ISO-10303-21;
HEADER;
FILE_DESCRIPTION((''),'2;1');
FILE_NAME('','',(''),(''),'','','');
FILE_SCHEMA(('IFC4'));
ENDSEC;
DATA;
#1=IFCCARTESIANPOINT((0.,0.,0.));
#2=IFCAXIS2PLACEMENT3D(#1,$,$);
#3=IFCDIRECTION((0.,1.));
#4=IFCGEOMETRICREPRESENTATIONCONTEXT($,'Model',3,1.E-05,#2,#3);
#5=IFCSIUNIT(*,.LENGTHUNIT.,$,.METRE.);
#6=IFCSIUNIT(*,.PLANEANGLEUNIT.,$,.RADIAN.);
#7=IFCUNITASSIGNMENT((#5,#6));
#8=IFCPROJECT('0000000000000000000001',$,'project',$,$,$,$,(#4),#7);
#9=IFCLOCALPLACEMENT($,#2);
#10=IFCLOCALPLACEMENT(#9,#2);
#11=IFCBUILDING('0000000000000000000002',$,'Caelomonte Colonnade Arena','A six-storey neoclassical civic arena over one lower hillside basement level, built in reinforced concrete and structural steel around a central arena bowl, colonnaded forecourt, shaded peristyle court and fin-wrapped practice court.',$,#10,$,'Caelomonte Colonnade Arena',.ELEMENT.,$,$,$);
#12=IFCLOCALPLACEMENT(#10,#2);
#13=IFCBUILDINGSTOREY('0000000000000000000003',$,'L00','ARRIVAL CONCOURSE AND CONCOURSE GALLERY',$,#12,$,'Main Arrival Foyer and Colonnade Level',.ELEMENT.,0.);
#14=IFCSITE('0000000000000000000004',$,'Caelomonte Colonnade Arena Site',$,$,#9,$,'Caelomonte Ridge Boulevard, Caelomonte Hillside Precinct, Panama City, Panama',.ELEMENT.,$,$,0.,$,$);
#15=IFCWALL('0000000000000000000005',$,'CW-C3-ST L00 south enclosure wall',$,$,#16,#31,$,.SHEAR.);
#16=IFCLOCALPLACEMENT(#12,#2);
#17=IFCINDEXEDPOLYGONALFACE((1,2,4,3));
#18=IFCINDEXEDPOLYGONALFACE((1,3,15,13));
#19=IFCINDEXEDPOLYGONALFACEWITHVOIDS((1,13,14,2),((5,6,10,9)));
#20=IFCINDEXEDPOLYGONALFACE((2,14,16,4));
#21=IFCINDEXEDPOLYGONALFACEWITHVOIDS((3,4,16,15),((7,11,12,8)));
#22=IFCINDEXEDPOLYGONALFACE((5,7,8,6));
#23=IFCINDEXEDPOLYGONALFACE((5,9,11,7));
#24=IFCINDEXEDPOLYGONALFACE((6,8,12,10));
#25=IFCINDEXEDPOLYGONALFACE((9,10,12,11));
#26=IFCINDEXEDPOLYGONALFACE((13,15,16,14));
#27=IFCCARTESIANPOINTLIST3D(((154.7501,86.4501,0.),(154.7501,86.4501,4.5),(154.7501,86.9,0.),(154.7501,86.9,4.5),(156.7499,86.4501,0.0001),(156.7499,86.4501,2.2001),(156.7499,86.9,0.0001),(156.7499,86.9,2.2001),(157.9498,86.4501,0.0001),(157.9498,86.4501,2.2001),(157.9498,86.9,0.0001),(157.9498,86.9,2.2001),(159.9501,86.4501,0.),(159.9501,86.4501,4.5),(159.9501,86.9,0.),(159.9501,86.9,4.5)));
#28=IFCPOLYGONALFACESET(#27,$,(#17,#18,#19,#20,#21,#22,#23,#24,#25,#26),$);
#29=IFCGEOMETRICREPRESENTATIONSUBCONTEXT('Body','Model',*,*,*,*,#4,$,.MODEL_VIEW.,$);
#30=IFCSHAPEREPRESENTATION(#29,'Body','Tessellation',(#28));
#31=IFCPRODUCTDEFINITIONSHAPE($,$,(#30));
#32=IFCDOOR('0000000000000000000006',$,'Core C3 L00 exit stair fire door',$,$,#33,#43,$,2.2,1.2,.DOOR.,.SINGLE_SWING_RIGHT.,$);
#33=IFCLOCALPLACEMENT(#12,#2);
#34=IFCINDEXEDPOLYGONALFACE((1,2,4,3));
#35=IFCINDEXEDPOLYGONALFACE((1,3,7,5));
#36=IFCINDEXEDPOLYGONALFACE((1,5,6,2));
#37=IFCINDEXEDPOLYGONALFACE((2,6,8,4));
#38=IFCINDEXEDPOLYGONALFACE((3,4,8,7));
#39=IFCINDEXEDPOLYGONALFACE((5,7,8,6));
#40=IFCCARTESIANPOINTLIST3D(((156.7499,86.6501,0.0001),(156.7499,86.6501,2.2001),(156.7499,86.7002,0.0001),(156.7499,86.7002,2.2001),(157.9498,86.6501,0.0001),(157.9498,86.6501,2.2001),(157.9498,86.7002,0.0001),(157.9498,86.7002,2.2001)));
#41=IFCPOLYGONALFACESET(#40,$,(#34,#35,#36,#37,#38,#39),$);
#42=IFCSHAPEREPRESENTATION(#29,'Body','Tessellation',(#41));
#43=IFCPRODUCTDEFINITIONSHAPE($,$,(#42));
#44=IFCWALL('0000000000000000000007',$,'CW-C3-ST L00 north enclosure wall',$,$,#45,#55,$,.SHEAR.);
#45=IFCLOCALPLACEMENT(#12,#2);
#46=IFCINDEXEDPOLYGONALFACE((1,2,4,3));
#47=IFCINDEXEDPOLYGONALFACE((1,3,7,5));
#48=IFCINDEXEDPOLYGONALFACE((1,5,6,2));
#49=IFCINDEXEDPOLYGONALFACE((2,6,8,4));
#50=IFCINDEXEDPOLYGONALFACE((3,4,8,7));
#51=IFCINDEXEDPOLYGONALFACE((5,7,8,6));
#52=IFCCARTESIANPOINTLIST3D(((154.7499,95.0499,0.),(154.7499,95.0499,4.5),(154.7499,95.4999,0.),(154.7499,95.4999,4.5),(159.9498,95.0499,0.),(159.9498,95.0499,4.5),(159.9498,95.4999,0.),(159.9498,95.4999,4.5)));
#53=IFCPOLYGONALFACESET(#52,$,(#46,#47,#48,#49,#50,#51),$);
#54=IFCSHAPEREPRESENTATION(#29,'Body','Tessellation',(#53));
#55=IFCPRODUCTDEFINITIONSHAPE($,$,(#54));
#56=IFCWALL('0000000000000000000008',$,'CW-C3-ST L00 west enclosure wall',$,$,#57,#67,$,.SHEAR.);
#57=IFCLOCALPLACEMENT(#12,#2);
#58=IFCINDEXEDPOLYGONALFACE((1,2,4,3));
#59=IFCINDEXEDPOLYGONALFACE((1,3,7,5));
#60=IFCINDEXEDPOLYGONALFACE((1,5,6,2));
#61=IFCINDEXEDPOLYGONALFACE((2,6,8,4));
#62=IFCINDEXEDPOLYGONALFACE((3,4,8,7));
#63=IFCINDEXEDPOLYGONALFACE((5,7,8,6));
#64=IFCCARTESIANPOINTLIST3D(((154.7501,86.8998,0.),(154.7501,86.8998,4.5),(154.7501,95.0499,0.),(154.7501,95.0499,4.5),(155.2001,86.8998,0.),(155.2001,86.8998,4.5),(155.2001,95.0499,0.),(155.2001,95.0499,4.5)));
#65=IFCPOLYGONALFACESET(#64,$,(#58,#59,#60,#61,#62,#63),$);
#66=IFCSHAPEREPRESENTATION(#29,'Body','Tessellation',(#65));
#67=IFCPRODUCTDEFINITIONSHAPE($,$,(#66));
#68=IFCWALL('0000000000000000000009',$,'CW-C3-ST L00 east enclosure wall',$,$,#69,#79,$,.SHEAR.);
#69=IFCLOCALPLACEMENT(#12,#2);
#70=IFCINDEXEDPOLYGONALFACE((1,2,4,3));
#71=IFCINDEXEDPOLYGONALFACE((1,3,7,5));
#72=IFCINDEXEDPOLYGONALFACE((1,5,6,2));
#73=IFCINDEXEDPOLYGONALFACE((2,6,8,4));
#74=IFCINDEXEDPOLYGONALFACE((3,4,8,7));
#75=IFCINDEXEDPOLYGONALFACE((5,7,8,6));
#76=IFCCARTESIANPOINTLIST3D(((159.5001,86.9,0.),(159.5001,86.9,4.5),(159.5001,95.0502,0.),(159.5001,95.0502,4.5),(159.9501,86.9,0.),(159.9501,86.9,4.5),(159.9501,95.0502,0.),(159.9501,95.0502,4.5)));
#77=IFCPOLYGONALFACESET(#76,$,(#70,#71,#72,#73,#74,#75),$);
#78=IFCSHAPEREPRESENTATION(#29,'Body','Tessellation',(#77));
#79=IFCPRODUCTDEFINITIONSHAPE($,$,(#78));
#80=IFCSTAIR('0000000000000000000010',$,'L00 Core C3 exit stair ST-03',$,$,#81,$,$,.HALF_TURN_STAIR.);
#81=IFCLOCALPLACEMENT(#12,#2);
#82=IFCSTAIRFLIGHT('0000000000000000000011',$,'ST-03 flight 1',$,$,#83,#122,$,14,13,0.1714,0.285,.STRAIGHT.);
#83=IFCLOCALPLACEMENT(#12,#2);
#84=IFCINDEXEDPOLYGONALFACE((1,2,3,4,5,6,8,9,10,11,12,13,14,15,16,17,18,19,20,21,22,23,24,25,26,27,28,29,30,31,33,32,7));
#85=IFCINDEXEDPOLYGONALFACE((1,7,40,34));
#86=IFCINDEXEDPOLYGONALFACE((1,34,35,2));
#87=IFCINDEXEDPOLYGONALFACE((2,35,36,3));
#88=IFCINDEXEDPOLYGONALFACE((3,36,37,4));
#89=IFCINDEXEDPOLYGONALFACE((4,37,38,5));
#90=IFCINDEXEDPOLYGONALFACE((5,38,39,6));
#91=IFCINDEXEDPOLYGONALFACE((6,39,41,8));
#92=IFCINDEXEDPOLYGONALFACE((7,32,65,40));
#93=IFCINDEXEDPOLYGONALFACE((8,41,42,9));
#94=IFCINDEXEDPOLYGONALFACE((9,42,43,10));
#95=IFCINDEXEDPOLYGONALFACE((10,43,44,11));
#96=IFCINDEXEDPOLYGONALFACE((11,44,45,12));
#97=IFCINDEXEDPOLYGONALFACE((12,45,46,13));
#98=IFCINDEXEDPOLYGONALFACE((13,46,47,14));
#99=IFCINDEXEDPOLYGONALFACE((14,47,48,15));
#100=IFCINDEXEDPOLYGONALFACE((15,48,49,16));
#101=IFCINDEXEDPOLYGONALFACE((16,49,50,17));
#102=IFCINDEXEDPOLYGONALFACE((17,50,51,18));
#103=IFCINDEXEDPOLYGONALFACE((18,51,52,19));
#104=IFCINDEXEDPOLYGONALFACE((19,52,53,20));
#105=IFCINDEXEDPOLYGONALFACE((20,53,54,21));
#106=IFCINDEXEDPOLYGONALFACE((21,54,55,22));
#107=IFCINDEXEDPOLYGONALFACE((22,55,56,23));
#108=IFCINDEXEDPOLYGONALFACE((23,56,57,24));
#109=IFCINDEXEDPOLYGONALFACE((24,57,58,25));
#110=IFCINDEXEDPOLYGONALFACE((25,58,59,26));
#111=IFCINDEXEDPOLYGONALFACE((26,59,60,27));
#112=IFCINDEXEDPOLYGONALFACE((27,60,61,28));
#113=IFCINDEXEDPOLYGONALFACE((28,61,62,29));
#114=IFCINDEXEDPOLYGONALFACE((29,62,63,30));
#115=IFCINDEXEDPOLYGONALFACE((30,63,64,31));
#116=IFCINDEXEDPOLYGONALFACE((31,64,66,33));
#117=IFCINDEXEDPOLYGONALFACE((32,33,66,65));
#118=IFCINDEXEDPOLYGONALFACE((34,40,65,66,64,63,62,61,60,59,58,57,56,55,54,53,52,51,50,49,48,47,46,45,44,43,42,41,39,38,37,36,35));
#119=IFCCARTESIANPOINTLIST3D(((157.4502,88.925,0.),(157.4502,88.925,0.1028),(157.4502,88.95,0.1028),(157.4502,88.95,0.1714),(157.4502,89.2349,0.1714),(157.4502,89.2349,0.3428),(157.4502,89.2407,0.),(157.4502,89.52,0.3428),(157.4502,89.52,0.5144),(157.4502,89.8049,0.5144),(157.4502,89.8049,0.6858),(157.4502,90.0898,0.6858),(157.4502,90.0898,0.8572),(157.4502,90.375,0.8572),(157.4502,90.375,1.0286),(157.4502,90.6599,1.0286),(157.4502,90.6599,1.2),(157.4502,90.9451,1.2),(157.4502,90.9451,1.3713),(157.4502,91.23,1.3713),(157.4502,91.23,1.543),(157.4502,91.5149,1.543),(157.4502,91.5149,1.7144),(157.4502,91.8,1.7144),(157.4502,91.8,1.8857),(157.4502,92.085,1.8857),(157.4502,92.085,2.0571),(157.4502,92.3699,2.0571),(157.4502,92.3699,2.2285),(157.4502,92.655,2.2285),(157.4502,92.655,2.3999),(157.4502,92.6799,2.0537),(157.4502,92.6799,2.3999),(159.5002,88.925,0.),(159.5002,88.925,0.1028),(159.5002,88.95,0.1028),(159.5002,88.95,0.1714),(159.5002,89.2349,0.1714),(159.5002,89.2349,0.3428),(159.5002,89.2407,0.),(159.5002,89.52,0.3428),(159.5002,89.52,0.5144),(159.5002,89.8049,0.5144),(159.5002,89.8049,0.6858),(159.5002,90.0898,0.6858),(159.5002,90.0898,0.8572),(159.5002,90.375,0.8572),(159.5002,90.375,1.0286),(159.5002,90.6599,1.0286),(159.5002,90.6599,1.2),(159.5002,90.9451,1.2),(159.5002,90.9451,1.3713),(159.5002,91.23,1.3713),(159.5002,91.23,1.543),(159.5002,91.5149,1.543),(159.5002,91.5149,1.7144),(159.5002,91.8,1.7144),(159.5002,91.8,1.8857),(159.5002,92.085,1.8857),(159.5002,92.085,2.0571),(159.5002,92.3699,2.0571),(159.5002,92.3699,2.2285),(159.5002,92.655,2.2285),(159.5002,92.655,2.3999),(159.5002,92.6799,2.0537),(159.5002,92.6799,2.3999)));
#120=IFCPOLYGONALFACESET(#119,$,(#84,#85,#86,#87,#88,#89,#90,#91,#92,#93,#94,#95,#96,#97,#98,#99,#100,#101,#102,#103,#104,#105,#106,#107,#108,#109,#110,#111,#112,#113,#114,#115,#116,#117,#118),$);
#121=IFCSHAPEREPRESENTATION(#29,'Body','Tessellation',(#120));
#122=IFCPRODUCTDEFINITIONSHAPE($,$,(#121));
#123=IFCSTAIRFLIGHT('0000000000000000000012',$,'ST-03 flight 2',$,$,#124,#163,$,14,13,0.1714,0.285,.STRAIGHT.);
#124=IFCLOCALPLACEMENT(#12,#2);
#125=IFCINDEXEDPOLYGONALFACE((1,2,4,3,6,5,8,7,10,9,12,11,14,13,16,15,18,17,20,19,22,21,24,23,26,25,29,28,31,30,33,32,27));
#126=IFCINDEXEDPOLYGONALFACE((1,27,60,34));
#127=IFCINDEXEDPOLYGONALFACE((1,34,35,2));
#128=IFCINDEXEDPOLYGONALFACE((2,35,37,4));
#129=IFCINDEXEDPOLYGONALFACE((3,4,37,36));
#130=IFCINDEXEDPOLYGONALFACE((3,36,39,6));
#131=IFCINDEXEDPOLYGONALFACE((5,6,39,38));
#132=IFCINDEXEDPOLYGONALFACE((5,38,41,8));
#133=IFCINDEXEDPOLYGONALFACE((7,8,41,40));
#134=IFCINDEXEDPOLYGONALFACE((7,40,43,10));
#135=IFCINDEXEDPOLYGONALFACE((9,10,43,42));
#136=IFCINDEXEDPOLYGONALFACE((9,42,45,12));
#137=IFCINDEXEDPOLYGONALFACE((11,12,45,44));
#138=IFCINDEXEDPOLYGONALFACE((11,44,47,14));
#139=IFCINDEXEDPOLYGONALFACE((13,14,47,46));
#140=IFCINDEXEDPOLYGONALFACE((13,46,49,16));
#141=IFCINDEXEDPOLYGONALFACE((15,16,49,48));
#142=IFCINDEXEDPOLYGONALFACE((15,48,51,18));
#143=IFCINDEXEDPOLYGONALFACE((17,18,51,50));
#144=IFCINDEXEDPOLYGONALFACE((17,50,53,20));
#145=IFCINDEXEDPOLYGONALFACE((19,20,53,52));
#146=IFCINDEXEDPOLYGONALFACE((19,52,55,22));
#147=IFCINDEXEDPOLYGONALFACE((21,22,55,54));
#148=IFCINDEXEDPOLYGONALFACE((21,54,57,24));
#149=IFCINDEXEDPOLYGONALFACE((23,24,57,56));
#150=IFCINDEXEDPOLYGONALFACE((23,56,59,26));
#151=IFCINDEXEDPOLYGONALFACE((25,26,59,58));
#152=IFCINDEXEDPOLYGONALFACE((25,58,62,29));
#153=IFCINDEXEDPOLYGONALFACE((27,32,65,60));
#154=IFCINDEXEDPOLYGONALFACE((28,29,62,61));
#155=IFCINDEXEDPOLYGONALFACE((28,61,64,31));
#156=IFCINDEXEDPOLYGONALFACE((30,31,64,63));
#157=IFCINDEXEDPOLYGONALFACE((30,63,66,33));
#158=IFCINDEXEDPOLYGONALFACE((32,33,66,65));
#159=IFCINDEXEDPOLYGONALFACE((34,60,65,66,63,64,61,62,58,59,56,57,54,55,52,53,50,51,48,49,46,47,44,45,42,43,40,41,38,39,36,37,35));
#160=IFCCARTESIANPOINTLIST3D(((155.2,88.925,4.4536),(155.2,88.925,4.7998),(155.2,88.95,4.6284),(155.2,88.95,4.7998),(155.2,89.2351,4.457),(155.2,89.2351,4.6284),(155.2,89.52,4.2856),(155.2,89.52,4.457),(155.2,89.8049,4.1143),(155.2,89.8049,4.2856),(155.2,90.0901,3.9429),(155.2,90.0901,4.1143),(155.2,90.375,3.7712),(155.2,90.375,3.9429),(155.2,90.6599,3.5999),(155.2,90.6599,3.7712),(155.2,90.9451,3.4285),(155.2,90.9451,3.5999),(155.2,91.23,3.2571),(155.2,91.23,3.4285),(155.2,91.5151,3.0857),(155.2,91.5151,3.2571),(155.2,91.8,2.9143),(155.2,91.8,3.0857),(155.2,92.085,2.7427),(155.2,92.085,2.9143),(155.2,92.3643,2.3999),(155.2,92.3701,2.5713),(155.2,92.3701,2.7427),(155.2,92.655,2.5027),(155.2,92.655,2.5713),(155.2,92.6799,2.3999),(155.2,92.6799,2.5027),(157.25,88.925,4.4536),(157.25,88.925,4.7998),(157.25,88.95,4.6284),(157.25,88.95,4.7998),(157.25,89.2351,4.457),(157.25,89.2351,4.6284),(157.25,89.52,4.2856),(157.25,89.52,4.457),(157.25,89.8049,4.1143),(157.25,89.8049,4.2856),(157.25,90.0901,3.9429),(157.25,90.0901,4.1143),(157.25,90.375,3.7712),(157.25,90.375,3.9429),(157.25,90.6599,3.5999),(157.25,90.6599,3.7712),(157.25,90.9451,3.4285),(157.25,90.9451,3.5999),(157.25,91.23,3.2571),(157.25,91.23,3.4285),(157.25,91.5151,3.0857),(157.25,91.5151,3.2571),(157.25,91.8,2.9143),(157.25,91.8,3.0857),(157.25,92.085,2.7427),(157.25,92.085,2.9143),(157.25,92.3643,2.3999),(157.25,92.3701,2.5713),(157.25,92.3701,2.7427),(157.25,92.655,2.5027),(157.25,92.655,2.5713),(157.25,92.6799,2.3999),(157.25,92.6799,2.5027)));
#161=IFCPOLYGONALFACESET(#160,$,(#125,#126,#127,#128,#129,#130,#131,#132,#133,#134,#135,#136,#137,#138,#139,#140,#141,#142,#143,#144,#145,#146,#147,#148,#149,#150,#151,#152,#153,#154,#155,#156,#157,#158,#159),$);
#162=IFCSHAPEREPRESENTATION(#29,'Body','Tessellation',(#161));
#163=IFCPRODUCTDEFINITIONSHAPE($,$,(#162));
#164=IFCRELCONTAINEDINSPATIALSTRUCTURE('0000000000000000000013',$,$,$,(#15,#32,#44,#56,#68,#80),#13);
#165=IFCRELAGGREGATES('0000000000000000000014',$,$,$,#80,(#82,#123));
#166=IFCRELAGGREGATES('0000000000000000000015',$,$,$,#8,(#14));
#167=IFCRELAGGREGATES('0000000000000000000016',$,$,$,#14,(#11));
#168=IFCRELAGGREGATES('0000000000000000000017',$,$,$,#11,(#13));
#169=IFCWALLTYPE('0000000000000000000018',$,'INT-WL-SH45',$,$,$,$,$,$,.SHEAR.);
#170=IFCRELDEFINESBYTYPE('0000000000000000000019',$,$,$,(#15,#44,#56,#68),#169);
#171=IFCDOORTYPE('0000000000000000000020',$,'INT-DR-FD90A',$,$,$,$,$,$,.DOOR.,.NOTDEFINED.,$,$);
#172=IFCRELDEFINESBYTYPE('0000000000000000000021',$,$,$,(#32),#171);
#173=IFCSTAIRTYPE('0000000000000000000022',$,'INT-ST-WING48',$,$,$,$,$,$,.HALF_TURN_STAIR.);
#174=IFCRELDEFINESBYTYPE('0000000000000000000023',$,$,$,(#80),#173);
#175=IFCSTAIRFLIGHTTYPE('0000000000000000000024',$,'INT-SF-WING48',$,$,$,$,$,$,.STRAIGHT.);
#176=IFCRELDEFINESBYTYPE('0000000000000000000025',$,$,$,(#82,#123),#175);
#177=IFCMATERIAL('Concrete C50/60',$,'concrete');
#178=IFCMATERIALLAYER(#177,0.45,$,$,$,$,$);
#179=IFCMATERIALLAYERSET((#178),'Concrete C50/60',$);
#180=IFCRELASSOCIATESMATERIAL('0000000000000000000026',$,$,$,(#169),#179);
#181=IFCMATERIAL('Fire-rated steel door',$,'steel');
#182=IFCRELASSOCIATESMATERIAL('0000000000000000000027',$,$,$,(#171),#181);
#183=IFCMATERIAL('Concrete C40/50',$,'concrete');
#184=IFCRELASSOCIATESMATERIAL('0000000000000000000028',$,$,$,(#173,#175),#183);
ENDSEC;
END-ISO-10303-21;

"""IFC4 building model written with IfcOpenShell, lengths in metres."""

from ifc_helpers import new_model, si_unit, direction, frame, frame_2d, origin, place, context, subcontext, project, spatial, polyline, rectangle, outline, extrude, material, layer, layer_set, type_object, element, fill, aggregate, save


model = new_model("IFC4")

# Units and contexts
model_context = context("Model", 3, precision=1e-05, world=origin(), true_north=direction((0.0, 1.0)))
body_context = subcontext(model_context, "Body", "Model", "MODEL_VIEW")
ifc_project = project(units=[si_unit("LENGTHUNIT", "METRE"), si_unit("PLANEANGLEUNIT", "RADIAN")], contexts=[model_context])

# Site, building, storey
site_placement = place(None, origin())
site = spatial("IfcSite", under=ifc_project, at=site_placement, Name="Caelomonte Colonnade Arena Site", LongName="Caelomonte Ridge Boulevard, Caelomonte Hillside Precinct, Panama City, Panama", CompositionType="ELEMENT", RefElevation=0.0)
building_placement = place(site_placement, origin())
building = spatial("IfcBuilding", under=site, at=building_placement, Name="Caelomonte Colonnade Arena", Description="A six-storey neoclassical civic arena over one lower hillside basement level, built in reinforced concrete and structural steel around a central arena bowl, colonnaded forecourt, shaded peristyle court and fin-wrapped practice court.", LongName="Caelomonte Colonnade Arena", CompositionType="ELEMENT")
storey_placement = place(building_placement, origin())
storey = spatial("IfcBuildingStorey", under=building, at=storey_placement, Name="L00", Description="ARRIVAL CONCOURSE AND CONCOURSE GALLERY", LongName="Main Arrival Foyer and Colonnade Level", CompositionType="ELEMENT", Elevation=0.0)

# Shared definitions
ifc_material_1 = material(Name="Concrete C50/60", Category="concrete")

# Shared definitions
ifc_material_2 = material(Name="Concrete C40/50", Category="concrete")

# Wall, opening, door
ifc_layer_1 = layer(ifc_material_1, 0.45)
ifc_layer_set_1 = layer_set([ifc_layer_1], Name="Concrete C50/60")
wall_type_1 = type_object("IfcWallType", Name="INT-WL-SH45", PredefinedType="SHEAR", material=ifc_layer_set_1)
wall_1_placement = place(storey_placement, frame((154.75, 86.675, 0.0), z_axis=(0.0, 0.0, 1.0), x_axis=(1.0, 0.0, 0.0)))
wall_1 = element("IfcWall", 1, at=wall_1_placement, inside=storey, type_object=wall_type_1, Name="CW-C3-ST L00 south enclosure wall", PredefinedType="SHEAR", context=body_context, shape_type="SweptSolid", body=[
    extrude(rectangle(XDim=5.2, YDim=0.45, at=frame_2d((2.6001, 0.0))), origin(), (0.0, 0.0, 1.0), 4.5),
])
opening_1_placement = place(wall_1_placement, frame((3.2, 0.0, 0.0), z_axis=(0.0, 0.0, 1.0), x_axis=(-1.0, 0.0, 0.0)))
opening_1 = element("IfcOpeningElement", 2, at=opening_1_placement, cuts=wall_1, PredefinedType="OPENING", context=body_context, shape_type="SweptSolid", body=[
    extrude(rectangle(XDim=1.2, YDim=2.2, at=frame_2d((0.6001, 1.1001))), frame((0.0, 0.2349, 0.0), z_axis=(0.0, -1.0, 0.0), x_axis=(1.0, 0.0, 0.0)), (0.0, 0.0, 1.0), 0.47),
])
ifc_material_3 = material(Name="Fire-rated steel door", Category="steel")
door_type_1 = type_object("IfcDoorType", Name="INT-DR-FD90A", OperationType="NOTDEFINED", PredefinedType="DOOR", material=ifc_material_3)
door_1_placement = place(opening_1_placement, origin())
door_1 = element("IfcDoor", 3, at=door_1_placement, inside=storey, type_object=door_type_1, Name="Core C3 L00 exit stair fire door", OperationType="SINGLE_SWING_RIGHT", OverallHeight=2.2, OverallWidth=1.2, PredefinedType="DOOR", context=body_context, shape_type="SweptSolid", body=[
    extrude(rectangle(XDim=1.2, YDim=2.2, at=frame_2d((0.6001, 1.1001))), frame((0.0, 0.0249, 0.0), z_axis=(0.0, -1.0, 0.0), x_axis=(1.0, 0.0, 0.0)), (0.0, 0.0, 1.0), 0.05),
])
fill(opening_1, door_1)

# Walls
wall_2_placement = place(storey_placement, frame((159.95, 95.2749, 0.0), z_axis=(0.0, 0.0, 1.0), x_axis=(-1.0, 0.0, 0.0)))
element("IfcWall", 4, at=wall_2_placement, inside=storey, type_object=wall_type_1, Name="CW-C3-ST L00 north enclosure wall", PredefinedType="SHEAR", context=body_context, shape_type="SweptSolid", body=[
    extrude(rectangle(XDim=5.2, YDim=0.45, at=frame_2d((2.6001, 0.0))), origin(), (0.0, 0.0, 1.0), 4.5),
])
for number, where, z_axis, x_axis, name in (
    (5, (154.9751, 95.05, 0.0), (0.0, 0.0, 1.0), (0.0, -1.0, 0.0), "CW-C3-ST L00 west enclosure wall"),
    (6, (159.7251, 86.8999, 0.0), (0.0, 0.0, 1.0), (0.0, 1.0, 0.0), "CW-C3-ST L00 east enclosure wall"),
):
    element("IfcWall", number, at=place(storey_placement, frame(where, z_axis=z_axis, x_axis=x_axis)), inside=storey, type_object=wall_type_1, Name=name, PredefinedType="SHEAR", context=body_context, shape_type="SweptSolid", body=[
        extrude(rectangle(XDim=8.1501, YDim=0.45, at=frame_2d((4.0752, 0.0))), origin(), (0.0, 0.0, 1.0), 4.5),
    ])

# Stair, stair flights
stair_type = type_object("IfcStairType", Name="INT-ST-WING48", PredefinedType="HALF_TURN_STAIR", material=ifc_material_2)
stair_placement = place(storey_placement, origin())
stair = element("IfcStair", 7, at=stair_placement, inside=storey, type_object=stair_type, Name="L00 Core C3 exit stair ST-03", PredefinedType="HALF_TURN_STAIR")
stair_flight_type = type_object("IfcStairFlightType", Name="INT-SF-WING48", PredefinedType="STRAIGHT", material=ifc_material_2)
stair_flight_1_placement = place(storey_placement, frame((158.4751, 88.95, 0.0), z_axis=(0.0, 0.0, 1.0), x_axis=(0.0, 1.0, 0.0)))
stair_flight_1 = element("IfcStairFlight", 8, at=stair_flight_1_placement, type_object=stair_flight_type, Name="ST-03 flight 1", NumberOfRisers=14, NumberOfTreads=13, PredefinedType="STRAIGHT", RiserHeight=0.1714, TreadLength=0.285, context=body_context, shape_type="SweptSolid", body=[
    extrude(outline(polyline([(-0.0249, 0.0), (-0.0249, 0.1028), (0.0, 0.1028), (0.0, 0.1714), (0.2849, 0.1714), (0.2849, 0.3428), (0.5701, 0.3428), (0.5701, 0.5144), (0.855, 0.5144), (0.855, 0.6858), (1.1399, 0.6858), (1.1399, 0.8572), (1.425, 0.8572), (1.425, 1.0286), (1.71, 1.0286), (1.71, 1.2), (1.9951, 1.2), (1.9951, 1.3713), (2.28, 1.3713), (2.28, 1.543), (2.5649, 1.543), (2.5649, 1.7144), (2.8501, 1.7144), (2.8501, 1.8857), (3.135, 1.8857), (3.135, 2.0571), (3.4199, 2.0571), (3.4199, 2.2285), (3.7051, 2.2285), (3.7051, 2.3999), (3.73, 2.3999), (3.73, 2.0537), (0.2908, 0.0), (-0.0249, 0.0)])), frame((0.0, 1.0249, 0.0), z_axis=(0.0, -1.0, 0.0), x_axis=(1.0, 0.0, 0.0)), (0.0, 0.0, 1.0), 2.05),
])
stair_flight_2_placement = place(storey_placement, frame((156.2251, 92.655, 2.3999), z_axis=(0.0, 0.0, 1.0), x_axis=(0.0, -1.0, 0.0)))
stair_flight_2 = element("IfcStairFlight", 9, at=stair_flight_2_placement, type_object=stair_flight_type, Name="ST-03 flight 2", NumberOfRisers=14, NumberOfTreads=13, PredefinedType="STRAIGHT", RiserHeight=0.1714, TreadLength=0.285, context=body_context, shape_type="SweptSolid", body=[
    extrude(outline(polyline([(-0.0249, 0.0), (-0.0249, 0.1028), (0.0, 0.1028), (0.0, 0.1714), (0.2849, 0.1714), (0.2849, 0.3428), (0.5701, 0.3428), (0.5701, 0.5144), (0.855, 0.5144), (0.855, 0.6858), (1.1399, 0.6858), (1.1399, 0.8572), (1.425, 0.8572), (1.425, 1.0286), (1.71, 1.0286), (1.71, 1.2), (1.9951, 1.2), (1.9951, 1.3713), (2.28, 1.3713), (2.28, 1.543), (2.5649, 1.543), (2.5649, 1.7144), (2.8501, 1.7144), (2.8501, 1.8857), (3.135, 1.8857), (3.135, 2.0571), (3.4199, 2.0571), (3.4199, 2.2285), (3.7051, 2.2285), (3.7051, 2.3999), (3.73, 2.3999), (3.73, 2.0537), (0.2908, 0.0), (-0.0249, 0.0)])), frame((0.0, 1.0249, 0.0), z_axis=(0.0, -1.0, 0.0), x_axis=(1.0, 0.0, 0.0)), (0.0, 0.0, 1.0), 2.05),
])
aggregate(stair, [stair_flight_1, stair_flight_2])

save(model, "model.ifc")
